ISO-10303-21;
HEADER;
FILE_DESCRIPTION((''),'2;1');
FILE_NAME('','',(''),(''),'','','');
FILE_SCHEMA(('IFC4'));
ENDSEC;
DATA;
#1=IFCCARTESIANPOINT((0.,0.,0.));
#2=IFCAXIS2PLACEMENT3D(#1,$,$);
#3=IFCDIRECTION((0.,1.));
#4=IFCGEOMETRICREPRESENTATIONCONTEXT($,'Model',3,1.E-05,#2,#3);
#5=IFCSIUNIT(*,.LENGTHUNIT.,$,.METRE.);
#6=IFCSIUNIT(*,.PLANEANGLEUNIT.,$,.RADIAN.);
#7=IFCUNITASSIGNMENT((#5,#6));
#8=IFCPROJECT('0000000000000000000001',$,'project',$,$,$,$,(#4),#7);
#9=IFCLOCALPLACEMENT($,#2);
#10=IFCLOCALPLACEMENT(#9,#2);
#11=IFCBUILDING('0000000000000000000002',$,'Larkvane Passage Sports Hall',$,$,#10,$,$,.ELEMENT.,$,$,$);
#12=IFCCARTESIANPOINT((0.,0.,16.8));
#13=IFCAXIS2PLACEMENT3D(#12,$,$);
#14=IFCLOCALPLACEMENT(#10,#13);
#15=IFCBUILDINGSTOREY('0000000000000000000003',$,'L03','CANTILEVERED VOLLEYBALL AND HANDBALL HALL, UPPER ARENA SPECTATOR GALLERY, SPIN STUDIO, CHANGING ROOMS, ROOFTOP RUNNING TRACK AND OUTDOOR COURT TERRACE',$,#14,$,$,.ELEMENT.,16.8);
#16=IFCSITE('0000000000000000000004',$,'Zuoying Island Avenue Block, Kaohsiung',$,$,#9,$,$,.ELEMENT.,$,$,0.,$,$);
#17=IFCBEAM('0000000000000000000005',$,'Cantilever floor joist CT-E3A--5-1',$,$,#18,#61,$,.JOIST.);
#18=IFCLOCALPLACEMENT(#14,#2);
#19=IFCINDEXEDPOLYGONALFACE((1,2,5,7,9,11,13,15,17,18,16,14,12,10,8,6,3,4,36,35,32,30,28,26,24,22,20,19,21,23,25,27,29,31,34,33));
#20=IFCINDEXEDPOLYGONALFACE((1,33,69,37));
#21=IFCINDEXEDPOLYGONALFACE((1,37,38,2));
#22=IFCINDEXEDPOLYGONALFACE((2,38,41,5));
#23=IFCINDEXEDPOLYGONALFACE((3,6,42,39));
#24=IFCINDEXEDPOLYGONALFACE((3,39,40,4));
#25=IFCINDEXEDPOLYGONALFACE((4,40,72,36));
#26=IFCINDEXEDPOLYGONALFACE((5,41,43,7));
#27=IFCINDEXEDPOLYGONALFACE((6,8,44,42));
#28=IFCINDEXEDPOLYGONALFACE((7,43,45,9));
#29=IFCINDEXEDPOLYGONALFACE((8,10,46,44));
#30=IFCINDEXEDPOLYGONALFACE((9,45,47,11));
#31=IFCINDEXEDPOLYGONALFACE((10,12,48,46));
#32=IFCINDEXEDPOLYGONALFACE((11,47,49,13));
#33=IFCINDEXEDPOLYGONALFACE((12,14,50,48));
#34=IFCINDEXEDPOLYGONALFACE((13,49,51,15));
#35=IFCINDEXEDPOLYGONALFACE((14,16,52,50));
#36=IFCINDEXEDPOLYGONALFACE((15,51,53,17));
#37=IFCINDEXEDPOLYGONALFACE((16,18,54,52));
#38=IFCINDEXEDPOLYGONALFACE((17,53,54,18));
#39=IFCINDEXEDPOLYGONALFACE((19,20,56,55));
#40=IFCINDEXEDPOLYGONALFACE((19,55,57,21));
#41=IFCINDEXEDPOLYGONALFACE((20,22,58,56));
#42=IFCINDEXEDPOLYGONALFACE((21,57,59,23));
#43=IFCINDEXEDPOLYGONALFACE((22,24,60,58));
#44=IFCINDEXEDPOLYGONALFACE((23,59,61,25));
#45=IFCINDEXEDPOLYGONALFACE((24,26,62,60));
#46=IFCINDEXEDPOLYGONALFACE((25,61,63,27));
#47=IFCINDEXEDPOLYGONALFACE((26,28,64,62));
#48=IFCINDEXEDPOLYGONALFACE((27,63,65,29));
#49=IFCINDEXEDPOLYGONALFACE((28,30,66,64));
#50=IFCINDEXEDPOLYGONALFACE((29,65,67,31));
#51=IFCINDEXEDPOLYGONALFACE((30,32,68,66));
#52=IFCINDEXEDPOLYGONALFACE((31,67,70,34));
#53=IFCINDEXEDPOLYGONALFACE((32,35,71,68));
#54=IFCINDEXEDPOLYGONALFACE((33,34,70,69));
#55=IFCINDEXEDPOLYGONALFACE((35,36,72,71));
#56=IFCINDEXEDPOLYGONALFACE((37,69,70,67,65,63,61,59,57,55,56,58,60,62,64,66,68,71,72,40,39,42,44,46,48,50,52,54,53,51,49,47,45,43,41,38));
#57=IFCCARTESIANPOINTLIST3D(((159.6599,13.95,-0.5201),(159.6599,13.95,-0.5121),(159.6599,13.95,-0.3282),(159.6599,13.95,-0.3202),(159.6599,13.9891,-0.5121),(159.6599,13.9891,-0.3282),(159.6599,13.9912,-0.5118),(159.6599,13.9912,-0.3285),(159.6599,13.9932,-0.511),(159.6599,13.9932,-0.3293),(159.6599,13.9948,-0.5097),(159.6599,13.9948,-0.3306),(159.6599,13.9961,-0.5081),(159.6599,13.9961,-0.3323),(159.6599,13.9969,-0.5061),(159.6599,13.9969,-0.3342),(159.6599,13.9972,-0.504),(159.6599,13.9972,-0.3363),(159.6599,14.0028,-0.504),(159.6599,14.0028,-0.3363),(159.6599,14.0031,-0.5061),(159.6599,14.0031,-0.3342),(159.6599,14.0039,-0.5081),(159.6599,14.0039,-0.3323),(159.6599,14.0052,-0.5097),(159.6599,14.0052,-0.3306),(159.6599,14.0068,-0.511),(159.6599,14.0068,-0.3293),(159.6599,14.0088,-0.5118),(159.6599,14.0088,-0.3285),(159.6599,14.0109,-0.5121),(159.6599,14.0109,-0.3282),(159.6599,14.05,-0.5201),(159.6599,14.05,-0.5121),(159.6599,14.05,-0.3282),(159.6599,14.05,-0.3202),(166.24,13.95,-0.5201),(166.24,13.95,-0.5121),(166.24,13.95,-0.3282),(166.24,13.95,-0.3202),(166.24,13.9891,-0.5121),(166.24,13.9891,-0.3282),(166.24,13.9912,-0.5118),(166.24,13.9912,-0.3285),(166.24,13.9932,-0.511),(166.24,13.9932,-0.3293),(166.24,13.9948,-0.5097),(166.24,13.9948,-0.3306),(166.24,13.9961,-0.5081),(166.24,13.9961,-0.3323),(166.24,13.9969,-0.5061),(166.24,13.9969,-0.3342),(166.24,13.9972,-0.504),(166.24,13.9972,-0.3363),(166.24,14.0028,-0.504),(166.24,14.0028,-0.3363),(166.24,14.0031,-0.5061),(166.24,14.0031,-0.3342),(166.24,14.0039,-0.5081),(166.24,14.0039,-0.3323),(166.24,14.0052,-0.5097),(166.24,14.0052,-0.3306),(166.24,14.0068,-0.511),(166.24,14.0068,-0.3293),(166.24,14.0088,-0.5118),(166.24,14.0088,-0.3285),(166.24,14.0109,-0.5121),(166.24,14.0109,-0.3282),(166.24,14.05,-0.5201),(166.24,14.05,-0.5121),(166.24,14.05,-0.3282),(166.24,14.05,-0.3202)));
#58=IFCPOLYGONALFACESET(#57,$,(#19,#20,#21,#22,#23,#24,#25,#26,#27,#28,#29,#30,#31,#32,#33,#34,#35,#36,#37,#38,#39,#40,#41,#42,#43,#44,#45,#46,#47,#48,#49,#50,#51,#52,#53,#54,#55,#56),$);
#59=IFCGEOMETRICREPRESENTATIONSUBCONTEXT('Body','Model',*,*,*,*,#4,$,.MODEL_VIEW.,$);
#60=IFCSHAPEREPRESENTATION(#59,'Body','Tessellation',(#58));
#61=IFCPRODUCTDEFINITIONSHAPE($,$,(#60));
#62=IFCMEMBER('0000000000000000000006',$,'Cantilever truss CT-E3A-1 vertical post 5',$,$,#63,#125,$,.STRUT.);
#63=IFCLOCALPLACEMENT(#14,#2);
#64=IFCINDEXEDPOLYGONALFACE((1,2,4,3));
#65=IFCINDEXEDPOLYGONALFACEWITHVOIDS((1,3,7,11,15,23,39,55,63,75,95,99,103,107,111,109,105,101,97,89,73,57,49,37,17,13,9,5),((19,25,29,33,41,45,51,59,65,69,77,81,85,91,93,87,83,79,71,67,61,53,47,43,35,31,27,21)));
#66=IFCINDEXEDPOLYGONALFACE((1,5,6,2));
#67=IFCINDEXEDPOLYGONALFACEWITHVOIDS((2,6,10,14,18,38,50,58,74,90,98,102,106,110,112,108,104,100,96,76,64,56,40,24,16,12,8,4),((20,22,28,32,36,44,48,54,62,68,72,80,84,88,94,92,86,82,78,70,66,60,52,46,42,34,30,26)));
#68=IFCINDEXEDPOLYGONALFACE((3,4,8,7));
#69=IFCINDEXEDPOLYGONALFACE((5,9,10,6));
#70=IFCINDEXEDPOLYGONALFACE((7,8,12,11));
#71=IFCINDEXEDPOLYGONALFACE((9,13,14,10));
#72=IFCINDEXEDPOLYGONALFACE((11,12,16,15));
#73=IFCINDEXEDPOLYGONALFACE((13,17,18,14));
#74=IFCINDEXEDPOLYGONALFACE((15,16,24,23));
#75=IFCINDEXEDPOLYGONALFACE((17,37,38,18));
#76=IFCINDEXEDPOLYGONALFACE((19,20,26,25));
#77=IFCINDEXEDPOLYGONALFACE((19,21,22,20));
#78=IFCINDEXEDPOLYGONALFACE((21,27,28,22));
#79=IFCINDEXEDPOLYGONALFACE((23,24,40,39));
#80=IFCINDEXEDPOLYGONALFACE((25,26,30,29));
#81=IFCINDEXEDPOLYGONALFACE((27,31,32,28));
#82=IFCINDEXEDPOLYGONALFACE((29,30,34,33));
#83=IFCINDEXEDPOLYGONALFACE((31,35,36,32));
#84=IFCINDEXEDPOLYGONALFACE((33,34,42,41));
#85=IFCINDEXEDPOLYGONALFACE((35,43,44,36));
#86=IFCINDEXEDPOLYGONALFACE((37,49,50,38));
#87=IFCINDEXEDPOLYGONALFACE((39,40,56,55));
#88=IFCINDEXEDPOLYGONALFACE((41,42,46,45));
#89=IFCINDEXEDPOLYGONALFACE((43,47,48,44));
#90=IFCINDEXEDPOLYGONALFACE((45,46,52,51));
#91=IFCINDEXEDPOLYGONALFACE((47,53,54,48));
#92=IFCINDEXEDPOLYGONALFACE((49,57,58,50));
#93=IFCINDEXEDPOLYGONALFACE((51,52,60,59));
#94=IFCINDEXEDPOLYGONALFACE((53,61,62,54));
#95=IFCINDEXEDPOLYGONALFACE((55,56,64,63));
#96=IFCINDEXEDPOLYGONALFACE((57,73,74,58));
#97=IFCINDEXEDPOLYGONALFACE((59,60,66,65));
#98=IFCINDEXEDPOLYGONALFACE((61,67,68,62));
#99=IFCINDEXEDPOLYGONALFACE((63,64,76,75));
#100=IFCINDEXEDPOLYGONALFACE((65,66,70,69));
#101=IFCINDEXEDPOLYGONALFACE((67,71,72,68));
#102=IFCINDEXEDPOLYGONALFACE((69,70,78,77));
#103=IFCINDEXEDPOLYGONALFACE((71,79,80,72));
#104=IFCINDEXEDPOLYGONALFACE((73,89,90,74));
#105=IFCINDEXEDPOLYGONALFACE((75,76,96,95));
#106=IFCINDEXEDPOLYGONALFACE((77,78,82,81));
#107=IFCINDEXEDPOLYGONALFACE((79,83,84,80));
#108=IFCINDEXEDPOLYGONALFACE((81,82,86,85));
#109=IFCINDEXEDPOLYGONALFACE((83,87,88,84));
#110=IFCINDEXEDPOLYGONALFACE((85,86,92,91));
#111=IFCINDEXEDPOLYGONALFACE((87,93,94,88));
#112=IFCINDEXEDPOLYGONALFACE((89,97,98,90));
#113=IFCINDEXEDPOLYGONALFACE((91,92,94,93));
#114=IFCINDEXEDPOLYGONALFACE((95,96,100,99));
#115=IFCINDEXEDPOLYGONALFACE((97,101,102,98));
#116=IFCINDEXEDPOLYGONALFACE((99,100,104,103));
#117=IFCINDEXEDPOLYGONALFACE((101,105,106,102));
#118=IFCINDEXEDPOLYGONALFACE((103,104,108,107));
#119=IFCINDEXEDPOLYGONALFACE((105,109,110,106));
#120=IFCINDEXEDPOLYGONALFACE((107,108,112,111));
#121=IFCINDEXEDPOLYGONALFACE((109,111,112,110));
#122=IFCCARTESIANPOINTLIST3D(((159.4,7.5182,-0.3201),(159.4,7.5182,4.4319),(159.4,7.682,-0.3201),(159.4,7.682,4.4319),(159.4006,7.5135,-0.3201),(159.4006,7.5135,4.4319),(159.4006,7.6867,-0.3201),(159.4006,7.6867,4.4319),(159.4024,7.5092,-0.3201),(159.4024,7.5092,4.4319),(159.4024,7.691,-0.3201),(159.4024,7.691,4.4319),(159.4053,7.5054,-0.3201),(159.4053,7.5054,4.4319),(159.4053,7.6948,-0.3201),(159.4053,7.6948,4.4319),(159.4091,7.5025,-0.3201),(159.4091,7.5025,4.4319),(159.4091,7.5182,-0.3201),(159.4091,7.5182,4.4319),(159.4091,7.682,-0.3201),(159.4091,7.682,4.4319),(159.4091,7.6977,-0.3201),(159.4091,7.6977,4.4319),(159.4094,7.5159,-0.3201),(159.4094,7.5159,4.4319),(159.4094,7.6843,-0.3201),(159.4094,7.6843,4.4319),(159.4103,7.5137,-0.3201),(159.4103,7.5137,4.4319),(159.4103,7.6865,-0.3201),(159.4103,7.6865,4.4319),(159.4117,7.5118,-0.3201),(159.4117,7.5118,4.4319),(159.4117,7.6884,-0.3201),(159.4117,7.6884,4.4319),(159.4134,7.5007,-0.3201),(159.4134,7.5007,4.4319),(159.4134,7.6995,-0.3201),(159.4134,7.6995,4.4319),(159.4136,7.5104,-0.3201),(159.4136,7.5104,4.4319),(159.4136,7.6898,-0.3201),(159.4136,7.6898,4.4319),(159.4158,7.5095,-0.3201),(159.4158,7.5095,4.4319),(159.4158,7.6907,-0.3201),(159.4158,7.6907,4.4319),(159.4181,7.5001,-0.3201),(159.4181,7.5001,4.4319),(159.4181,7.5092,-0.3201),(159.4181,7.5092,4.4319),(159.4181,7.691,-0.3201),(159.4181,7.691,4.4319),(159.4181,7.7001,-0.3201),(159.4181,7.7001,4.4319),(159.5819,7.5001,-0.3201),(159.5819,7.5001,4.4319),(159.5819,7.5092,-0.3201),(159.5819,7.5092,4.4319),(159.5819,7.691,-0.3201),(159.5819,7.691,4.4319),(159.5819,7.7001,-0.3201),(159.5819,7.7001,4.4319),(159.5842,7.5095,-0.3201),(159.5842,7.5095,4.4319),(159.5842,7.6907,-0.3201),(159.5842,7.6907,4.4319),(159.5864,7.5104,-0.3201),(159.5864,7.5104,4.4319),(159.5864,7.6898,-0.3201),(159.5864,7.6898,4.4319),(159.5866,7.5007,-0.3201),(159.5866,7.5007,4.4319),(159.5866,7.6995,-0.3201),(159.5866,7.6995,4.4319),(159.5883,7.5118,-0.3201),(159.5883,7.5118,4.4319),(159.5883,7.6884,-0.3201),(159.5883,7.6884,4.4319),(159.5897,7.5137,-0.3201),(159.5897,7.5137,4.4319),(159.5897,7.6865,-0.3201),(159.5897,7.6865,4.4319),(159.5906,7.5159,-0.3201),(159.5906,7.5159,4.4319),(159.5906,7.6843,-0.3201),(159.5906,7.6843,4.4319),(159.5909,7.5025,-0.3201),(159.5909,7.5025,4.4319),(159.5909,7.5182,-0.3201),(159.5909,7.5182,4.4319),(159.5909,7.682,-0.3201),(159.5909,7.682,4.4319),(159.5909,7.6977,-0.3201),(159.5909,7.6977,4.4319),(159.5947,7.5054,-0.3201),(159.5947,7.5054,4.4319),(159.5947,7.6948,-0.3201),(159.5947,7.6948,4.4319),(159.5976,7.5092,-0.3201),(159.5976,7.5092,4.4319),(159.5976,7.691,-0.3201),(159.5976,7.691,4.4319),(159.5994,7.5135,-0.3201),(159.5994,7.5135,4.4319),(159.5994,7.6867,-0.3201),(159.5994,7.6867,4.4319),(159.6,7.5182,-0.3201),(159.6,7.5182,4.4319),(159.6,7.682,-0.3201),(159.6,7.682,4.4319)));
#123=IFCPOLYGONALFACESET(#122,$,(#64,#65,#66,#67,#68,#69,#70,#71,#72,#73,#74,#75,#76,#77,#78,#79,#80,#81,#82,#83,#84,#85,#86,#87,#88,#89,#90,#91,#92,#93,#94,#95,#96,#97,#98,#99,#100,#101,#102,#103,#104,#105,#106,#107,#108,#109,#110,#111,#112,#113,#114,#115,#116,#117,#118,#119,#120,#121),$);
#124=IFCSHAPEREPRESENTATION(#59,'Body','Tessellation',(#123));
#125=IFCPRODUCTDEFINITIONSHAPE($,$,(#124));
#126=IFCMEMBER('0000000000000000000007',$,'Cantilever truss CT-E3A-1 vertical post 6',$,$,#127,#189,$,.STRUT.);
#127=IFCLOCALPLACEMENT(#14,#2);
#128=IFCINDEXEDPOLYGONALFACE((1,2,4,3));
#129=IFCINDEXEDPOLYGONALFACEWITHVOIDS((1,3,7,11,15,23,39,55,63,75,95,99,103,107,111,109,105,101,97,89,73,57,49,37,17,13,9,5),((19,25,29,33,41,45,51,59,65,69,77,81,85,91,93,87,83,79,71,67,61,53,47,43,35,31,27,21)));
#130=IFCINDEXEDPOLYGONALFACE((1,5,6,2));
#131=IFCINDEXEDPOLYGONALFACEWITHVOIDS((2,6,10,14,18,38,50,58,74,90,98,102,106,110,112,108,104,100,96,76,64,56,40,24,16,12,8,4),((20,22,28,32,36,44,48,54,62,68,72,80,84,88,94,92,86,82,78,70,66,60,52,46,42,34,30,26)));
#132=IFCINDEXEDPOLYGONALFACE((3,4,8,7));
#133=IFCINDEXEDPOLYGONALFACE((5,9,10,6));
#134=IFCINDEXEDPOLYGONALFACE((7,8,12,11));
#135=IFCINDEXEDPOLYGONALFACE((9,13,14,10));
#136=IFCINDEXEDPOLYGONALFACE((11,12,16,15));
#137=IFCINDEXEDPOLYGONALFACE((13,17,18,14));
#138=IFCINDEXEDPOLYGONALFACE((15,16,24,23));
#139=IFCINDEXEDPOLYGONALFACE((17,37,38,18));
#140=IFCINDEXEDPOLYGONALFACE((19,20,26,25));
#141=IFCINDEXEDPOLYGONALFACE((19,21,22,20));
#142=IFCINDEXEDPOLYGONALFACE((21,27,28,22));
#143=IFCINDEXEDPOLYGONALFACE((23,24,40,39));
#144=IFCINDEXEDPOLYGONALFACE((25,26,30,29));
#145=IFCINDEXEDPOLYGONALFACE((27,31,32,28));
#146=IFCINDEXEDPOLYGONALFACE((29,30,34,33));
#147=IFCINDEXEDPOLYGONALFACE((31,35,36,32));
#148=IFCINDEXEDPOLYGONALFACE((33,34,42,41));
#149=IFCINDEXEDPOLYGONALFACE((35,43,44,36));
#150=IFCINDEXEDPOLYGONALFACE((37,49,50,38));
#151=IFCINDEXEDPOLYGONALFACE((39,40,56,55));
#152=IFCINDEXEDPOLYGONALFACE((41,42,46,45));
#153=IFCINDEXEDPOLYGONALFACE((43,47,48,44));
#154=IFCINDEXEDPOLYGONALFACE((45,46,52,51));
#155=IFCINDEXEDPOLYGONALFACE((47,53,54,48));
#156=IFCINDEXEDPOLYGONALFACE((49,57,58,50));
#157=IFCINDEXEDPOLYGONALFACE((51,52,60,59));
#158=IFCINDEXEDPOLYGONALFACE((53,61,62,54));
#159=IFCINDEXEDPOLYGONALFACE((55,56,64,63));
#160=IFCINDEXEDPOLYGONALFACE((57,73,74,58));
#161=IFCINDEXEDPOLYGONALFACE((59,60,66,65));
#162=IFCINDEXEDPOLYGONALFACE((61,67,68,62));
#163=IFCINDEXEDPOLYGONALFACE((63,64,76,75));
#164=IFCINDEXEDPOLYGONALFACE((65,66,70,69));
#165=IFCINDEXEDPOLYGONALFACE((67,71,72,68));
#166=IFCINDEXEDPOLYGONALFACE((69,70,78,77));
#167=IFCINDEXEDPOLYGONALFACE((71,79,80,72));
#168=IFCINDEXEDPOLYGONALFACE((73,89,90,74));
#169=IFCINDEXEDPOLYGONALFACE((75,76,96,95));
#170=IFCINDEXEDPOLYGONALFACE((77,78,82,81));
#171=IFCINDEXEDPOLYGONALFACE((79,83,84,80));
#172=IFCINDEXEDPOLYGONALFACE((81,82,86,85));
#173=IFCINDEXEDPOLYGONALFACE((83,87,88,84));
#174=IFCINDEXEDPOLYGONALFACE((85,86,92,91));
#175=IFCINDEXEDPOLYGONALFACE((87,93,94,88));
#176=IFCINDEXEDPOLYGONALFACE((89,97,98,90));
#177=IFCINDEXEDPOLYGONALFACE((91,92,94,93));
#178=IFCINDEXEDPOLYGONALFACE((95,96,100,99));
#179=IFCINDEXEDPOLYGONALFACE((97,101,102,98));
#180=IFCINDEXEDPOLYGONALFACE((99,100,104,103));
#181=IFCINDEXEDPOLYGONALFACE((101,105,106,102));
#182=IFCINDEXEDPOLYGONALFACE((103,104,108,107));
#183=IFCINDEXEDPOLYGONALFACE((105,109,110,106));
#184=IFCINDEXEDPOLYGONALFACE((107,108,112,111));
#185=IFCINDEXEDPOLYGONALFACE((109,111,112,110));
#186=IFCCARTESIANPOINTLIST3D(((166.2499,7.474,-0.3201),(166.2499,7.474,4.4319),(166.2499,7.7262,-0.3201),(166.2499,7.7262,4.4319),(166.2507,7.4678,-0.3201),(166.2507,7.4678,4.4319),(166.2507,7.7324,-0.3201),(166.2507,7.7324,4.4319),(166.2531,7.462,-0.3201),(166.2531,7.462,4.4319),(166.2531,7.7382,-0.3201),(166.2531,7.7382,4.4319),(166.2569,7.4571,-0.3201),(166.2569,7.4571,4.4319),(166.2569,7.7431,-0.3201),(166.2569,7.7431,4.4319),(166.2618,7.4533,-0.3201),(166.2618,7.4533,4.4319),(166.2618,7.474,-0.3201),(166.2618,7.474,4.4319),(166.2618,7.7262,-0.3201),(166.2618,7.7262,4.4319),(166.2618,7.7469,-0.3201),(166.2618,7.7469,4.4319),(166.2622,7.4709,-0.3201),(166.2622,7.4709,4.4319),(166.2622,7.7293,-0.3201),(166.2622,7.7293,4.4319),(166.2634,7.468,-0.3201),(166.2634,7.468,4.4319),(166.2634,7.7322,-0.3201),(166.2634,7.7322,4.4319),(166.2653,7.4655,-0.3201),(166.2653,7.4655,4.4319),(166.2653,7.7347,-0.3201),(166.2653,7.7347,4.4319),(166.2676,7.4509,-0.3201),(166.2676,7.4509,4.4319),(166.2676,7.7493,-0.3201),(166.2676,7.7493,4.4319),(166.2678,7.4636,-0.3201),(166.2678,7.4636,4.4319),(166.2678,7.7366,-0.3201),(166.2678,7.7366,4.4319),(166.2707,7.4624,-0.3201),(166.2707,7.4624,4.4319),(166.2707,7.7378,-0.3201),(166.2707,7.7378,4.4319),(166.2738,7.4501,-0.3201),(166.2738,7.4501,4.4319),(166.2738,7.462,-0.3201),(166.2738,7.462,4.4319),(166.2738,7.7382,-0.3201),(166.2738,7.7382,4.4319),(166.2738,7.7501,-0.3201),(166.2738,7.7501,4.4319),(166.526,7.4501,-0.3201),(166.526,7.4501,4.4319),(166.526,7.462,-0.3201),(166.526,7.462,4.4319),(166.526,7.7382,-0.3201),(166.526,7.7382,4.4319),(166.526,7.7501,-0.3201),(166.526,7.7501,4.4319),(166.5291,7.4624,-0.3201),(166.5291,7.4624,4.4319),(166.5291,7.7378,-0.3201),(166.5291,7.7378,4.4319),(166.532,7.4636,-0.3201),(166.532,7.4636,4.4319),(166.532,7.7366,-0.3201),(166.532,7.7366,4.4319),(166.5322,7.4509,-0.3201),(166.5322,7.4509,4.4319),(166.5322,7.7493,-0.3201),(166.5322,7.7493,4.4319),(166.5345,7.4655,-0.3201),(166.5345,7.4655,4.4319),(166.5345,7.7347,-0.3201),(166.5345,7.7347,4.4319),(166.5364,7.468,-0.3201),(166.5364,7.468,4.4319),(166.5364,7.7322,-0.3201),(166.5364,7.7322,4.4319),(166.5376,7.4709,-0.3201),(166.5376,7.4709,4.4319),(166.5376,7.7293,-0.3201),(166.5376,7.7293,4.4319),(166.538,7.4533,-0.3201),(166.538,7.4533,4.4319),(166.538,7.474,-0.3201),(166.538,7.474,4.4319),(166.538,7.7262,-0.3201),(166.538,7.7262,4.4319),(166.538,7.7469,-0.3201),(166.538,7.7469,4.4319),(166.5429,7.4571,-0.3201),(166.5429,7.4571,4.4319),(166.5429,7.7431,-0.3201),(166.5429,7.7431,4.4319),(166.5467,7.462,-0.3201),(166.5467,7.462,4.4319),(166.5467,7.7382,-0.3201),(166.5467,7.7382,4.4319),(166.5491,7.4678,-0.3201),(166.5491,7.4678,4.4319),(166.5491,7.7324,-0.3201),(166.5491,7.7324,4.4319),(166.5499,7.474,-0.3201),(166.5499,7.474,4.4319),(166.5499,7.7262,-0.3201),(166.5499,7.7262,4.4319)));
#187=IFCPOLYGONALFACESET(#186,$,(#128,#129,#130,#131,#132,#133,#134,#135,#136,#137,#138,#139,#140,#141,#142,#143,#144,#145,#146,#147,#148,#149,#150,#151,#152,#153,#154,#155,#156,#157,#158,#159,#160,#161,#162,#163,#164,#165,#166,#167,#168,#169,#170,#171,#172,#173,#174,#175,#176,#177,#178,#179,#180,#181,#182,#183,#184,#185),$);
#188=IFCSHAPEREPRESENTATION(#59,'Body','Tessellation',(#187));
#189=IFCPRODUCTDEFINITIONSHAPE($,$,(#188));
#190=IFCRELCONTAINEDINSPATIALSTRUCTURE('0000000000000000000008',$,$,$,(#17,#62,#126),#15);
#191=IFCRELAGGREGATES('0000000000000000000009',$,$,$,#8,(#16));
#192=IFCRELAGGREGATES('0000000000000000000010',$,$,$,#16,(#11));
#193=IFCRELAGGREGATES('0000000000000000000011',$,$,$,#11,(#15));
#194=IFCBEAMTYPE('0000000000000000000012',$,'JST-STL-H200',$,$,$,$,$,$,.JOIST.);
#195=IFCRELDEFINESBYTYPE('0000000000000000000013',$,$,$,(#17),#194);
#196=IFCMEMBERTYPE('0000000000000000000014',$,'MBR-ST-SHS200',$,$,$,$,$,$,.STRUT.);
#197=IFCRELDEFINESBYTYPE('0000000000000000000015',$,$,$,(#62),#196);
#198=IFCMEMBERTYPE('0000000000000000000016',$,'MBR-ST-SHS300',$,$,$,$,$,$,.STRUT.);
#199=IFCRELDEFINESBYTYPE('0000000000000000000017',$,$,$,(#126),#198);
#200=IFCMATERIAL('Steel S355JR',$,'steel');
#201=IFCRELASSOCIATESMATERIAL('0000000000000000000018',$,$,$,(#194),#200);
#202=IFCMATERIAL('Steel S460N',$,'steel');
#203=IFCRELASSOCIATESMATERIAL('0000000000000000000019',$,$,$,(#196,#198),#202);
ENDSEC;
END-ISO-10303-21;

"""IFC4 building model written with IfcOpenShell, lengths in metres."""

from ifc_helpers import new_model, si_unit, direction, frame, origin, origin_2d, place, context, subcontext, project, spatial, hollow_rectangle, i_section, extrude, material, material_profile, profile_set, type_object, element, save


model = new_model("IFC4")

# Units and contexts
model_context = context("Model", 3, precision=1e-05, world=origin(), true_north=direction((0.0, 1.0)))
body_context = subcontext(model_context, "Body", "Model", "MODEL_VIEW")
ifc_project = project(units=[si_unit("LENGTHUNIT", "METRE"), si_unit("PLANEANGLEUNIT", "RADIAN")], contexts=[model_context])

# Site, building, storey
site_placement = place(None, origin())
site = spatial("IfcSite", under=ifc_project, at=site_placement, Name="Zuoying Island Avenue Block, Kaohsiung", CompositionType="ELEMENT", RefElevation=0.0)
building_placement = place(site_placement, origin())
building = spatial("IfcBuilding", under=site, at=building_placement, Name="Larkvane Passage Sports Hall", CompositionType="ELEMENT")
storey_placement = place(building_placement, frame((0.0, 0.0, 16.8)))
storey = spatial("IfcBuildingStorey", under=building, at=storey_placement, Name="L03", Description="CANTILEVERED VOLLEYBALL AND HANDBALL HALL, UPPER ARENA SPECTATOR GALLERY, SPIN STUDIO, CHANGING ROOMS, ROOFTOP RUNNING TRACK AND OUTDOOR COURT TERRACE", CompositionType="ELEMENT", Elevation=16.8)

# Shared definitions
ifc_material_1 = material(Name="Steel S355JR", Category="steel")
ifc_material_2 = material(Name="Steel S460N", Category="steel")

# Beam
ifc_material_profile_1 = material_profile(ifc_material_1, i_section(OverallWidth=0.1001, OverallDepth=0.2, WebThickness=0.0056, FlangeThickness=0.0081, FilletRadius=0.0081, at=origin_2d()), Name="H-200x100x5.5x8")
ifc_profile_set_1 = profile_set([ifc_material_profile_1], Name="Steel S355JR")
beam_type_1 = type_object("IfcBeamType", Name="JST-STL-H200", PredefinedType="JOIST", material=ifc_profile_set_1)
beam_placement = place(storey_placement, frame((159.6599, 14.0, -0.4202), z_axis=(1.0, 0.0, 0.0), x_axis=(0.0, 1.0, 0.0)))
element("IfcBeam", 1, at=beam_placement, inside=storey, type_object=beam_type_1, Name="Cantilever floor joist CT-E3A--5-1", PredefinedType="JOIST", context=body_context, shape_type="SweptSolid", body=[
    extrude(i_section(OverallWidth=0.1001, OverallDepth=0.2, WebThickness=0.0056, FlangeThickness=0.0081, FilletRadius=0.0081, at=origin_2d()), origin(), (0.0, 0.0, 1.0), 6.5801),
])

# Members
ifc_material_profile_2 = material_profile(ifc_material_2, hollow_rectangle(XDim=0.2, YDim=0.2, WallThickness=0.009, InnerFilletRadius=0.009, OuterFilletRadius=0.0181, at=origin_2d()), Name="SHS-200x200x9")
ifc_profile_set_2 = profile_set([ifc_material_profile_2], Name="Steel S460N")
member_type_1 = type_object("IfcMemberType", Name="MBR-ST-SHS200", PredefinedType="STRUT", material=ifc_profile_set_2)
member_1_placement = place(storey_placement, frame((159.5, 7.6001, -0.3201), z_axis=(0.0, 0.0, 1.0), x_axis=(1.0, 0.0, 0.0)))
element("IfcMember", 2, at=member_1_placement, inside=storey, type_object=member_type_1, Name="Cantilever truss CT-E3A-1 vertical post 5", PredefinedType="STRUT", context=body_context, shape_type="SweptSolid", body=[
    extrude(hollow_rectangle(XDim=0.2, YDim=0.2, WallThickness=0.009, InnerFilletRadius=0.009, OuterFilletRadius=0.0181, at=origin_2d()), origin(), (0.0, 0.0, 1.0), 4.752),
])
ifc_material_profile_3 = material_profile(ifc_material_2, hollow_rectangle(XDim=0.3, YDim=0.3, WallThickness=0.012, InnerFilletRadius=0.012, OuterFilletRadius=0.0239, at=origin_2d()), Name="SHS-300x300x12")
ifc_profile_set_3 = profile_set([ifc_material_profile_3], Name="Steel S460N")
member_type_2 = type_object("IfcMemberType", Name="MBR-ST-SHS300", PredefinedType="STRUT", material=ifc_profile_set_3)
member_2_placement = place(storey_placement, frame((166.3999, 7.6001, -0.3201), z_axis=(0.0, 0.0, 1.0), x_axis=(1.0, 0.0, 0.0)))
element("IfcMember", 3, at=member_2_placement, inside=storey, type_object=member_type_2, Name="Cantilever truss CT-E3A-1 vertical post 6", PredefinedType="STRUT", context=body_context, shape_type="SweptSolid", body=[
    extrude(hollow_rectangle(XDim=0.3, YDim=0.3, WallThickness=0.012, InnerFilletRadius=0.012, OuterFilletRadius=0.0239, at=origin_2d()), origin(), (0.0, 0.0, 1.0), 4.752),
])

save(model, "model.ifc")
